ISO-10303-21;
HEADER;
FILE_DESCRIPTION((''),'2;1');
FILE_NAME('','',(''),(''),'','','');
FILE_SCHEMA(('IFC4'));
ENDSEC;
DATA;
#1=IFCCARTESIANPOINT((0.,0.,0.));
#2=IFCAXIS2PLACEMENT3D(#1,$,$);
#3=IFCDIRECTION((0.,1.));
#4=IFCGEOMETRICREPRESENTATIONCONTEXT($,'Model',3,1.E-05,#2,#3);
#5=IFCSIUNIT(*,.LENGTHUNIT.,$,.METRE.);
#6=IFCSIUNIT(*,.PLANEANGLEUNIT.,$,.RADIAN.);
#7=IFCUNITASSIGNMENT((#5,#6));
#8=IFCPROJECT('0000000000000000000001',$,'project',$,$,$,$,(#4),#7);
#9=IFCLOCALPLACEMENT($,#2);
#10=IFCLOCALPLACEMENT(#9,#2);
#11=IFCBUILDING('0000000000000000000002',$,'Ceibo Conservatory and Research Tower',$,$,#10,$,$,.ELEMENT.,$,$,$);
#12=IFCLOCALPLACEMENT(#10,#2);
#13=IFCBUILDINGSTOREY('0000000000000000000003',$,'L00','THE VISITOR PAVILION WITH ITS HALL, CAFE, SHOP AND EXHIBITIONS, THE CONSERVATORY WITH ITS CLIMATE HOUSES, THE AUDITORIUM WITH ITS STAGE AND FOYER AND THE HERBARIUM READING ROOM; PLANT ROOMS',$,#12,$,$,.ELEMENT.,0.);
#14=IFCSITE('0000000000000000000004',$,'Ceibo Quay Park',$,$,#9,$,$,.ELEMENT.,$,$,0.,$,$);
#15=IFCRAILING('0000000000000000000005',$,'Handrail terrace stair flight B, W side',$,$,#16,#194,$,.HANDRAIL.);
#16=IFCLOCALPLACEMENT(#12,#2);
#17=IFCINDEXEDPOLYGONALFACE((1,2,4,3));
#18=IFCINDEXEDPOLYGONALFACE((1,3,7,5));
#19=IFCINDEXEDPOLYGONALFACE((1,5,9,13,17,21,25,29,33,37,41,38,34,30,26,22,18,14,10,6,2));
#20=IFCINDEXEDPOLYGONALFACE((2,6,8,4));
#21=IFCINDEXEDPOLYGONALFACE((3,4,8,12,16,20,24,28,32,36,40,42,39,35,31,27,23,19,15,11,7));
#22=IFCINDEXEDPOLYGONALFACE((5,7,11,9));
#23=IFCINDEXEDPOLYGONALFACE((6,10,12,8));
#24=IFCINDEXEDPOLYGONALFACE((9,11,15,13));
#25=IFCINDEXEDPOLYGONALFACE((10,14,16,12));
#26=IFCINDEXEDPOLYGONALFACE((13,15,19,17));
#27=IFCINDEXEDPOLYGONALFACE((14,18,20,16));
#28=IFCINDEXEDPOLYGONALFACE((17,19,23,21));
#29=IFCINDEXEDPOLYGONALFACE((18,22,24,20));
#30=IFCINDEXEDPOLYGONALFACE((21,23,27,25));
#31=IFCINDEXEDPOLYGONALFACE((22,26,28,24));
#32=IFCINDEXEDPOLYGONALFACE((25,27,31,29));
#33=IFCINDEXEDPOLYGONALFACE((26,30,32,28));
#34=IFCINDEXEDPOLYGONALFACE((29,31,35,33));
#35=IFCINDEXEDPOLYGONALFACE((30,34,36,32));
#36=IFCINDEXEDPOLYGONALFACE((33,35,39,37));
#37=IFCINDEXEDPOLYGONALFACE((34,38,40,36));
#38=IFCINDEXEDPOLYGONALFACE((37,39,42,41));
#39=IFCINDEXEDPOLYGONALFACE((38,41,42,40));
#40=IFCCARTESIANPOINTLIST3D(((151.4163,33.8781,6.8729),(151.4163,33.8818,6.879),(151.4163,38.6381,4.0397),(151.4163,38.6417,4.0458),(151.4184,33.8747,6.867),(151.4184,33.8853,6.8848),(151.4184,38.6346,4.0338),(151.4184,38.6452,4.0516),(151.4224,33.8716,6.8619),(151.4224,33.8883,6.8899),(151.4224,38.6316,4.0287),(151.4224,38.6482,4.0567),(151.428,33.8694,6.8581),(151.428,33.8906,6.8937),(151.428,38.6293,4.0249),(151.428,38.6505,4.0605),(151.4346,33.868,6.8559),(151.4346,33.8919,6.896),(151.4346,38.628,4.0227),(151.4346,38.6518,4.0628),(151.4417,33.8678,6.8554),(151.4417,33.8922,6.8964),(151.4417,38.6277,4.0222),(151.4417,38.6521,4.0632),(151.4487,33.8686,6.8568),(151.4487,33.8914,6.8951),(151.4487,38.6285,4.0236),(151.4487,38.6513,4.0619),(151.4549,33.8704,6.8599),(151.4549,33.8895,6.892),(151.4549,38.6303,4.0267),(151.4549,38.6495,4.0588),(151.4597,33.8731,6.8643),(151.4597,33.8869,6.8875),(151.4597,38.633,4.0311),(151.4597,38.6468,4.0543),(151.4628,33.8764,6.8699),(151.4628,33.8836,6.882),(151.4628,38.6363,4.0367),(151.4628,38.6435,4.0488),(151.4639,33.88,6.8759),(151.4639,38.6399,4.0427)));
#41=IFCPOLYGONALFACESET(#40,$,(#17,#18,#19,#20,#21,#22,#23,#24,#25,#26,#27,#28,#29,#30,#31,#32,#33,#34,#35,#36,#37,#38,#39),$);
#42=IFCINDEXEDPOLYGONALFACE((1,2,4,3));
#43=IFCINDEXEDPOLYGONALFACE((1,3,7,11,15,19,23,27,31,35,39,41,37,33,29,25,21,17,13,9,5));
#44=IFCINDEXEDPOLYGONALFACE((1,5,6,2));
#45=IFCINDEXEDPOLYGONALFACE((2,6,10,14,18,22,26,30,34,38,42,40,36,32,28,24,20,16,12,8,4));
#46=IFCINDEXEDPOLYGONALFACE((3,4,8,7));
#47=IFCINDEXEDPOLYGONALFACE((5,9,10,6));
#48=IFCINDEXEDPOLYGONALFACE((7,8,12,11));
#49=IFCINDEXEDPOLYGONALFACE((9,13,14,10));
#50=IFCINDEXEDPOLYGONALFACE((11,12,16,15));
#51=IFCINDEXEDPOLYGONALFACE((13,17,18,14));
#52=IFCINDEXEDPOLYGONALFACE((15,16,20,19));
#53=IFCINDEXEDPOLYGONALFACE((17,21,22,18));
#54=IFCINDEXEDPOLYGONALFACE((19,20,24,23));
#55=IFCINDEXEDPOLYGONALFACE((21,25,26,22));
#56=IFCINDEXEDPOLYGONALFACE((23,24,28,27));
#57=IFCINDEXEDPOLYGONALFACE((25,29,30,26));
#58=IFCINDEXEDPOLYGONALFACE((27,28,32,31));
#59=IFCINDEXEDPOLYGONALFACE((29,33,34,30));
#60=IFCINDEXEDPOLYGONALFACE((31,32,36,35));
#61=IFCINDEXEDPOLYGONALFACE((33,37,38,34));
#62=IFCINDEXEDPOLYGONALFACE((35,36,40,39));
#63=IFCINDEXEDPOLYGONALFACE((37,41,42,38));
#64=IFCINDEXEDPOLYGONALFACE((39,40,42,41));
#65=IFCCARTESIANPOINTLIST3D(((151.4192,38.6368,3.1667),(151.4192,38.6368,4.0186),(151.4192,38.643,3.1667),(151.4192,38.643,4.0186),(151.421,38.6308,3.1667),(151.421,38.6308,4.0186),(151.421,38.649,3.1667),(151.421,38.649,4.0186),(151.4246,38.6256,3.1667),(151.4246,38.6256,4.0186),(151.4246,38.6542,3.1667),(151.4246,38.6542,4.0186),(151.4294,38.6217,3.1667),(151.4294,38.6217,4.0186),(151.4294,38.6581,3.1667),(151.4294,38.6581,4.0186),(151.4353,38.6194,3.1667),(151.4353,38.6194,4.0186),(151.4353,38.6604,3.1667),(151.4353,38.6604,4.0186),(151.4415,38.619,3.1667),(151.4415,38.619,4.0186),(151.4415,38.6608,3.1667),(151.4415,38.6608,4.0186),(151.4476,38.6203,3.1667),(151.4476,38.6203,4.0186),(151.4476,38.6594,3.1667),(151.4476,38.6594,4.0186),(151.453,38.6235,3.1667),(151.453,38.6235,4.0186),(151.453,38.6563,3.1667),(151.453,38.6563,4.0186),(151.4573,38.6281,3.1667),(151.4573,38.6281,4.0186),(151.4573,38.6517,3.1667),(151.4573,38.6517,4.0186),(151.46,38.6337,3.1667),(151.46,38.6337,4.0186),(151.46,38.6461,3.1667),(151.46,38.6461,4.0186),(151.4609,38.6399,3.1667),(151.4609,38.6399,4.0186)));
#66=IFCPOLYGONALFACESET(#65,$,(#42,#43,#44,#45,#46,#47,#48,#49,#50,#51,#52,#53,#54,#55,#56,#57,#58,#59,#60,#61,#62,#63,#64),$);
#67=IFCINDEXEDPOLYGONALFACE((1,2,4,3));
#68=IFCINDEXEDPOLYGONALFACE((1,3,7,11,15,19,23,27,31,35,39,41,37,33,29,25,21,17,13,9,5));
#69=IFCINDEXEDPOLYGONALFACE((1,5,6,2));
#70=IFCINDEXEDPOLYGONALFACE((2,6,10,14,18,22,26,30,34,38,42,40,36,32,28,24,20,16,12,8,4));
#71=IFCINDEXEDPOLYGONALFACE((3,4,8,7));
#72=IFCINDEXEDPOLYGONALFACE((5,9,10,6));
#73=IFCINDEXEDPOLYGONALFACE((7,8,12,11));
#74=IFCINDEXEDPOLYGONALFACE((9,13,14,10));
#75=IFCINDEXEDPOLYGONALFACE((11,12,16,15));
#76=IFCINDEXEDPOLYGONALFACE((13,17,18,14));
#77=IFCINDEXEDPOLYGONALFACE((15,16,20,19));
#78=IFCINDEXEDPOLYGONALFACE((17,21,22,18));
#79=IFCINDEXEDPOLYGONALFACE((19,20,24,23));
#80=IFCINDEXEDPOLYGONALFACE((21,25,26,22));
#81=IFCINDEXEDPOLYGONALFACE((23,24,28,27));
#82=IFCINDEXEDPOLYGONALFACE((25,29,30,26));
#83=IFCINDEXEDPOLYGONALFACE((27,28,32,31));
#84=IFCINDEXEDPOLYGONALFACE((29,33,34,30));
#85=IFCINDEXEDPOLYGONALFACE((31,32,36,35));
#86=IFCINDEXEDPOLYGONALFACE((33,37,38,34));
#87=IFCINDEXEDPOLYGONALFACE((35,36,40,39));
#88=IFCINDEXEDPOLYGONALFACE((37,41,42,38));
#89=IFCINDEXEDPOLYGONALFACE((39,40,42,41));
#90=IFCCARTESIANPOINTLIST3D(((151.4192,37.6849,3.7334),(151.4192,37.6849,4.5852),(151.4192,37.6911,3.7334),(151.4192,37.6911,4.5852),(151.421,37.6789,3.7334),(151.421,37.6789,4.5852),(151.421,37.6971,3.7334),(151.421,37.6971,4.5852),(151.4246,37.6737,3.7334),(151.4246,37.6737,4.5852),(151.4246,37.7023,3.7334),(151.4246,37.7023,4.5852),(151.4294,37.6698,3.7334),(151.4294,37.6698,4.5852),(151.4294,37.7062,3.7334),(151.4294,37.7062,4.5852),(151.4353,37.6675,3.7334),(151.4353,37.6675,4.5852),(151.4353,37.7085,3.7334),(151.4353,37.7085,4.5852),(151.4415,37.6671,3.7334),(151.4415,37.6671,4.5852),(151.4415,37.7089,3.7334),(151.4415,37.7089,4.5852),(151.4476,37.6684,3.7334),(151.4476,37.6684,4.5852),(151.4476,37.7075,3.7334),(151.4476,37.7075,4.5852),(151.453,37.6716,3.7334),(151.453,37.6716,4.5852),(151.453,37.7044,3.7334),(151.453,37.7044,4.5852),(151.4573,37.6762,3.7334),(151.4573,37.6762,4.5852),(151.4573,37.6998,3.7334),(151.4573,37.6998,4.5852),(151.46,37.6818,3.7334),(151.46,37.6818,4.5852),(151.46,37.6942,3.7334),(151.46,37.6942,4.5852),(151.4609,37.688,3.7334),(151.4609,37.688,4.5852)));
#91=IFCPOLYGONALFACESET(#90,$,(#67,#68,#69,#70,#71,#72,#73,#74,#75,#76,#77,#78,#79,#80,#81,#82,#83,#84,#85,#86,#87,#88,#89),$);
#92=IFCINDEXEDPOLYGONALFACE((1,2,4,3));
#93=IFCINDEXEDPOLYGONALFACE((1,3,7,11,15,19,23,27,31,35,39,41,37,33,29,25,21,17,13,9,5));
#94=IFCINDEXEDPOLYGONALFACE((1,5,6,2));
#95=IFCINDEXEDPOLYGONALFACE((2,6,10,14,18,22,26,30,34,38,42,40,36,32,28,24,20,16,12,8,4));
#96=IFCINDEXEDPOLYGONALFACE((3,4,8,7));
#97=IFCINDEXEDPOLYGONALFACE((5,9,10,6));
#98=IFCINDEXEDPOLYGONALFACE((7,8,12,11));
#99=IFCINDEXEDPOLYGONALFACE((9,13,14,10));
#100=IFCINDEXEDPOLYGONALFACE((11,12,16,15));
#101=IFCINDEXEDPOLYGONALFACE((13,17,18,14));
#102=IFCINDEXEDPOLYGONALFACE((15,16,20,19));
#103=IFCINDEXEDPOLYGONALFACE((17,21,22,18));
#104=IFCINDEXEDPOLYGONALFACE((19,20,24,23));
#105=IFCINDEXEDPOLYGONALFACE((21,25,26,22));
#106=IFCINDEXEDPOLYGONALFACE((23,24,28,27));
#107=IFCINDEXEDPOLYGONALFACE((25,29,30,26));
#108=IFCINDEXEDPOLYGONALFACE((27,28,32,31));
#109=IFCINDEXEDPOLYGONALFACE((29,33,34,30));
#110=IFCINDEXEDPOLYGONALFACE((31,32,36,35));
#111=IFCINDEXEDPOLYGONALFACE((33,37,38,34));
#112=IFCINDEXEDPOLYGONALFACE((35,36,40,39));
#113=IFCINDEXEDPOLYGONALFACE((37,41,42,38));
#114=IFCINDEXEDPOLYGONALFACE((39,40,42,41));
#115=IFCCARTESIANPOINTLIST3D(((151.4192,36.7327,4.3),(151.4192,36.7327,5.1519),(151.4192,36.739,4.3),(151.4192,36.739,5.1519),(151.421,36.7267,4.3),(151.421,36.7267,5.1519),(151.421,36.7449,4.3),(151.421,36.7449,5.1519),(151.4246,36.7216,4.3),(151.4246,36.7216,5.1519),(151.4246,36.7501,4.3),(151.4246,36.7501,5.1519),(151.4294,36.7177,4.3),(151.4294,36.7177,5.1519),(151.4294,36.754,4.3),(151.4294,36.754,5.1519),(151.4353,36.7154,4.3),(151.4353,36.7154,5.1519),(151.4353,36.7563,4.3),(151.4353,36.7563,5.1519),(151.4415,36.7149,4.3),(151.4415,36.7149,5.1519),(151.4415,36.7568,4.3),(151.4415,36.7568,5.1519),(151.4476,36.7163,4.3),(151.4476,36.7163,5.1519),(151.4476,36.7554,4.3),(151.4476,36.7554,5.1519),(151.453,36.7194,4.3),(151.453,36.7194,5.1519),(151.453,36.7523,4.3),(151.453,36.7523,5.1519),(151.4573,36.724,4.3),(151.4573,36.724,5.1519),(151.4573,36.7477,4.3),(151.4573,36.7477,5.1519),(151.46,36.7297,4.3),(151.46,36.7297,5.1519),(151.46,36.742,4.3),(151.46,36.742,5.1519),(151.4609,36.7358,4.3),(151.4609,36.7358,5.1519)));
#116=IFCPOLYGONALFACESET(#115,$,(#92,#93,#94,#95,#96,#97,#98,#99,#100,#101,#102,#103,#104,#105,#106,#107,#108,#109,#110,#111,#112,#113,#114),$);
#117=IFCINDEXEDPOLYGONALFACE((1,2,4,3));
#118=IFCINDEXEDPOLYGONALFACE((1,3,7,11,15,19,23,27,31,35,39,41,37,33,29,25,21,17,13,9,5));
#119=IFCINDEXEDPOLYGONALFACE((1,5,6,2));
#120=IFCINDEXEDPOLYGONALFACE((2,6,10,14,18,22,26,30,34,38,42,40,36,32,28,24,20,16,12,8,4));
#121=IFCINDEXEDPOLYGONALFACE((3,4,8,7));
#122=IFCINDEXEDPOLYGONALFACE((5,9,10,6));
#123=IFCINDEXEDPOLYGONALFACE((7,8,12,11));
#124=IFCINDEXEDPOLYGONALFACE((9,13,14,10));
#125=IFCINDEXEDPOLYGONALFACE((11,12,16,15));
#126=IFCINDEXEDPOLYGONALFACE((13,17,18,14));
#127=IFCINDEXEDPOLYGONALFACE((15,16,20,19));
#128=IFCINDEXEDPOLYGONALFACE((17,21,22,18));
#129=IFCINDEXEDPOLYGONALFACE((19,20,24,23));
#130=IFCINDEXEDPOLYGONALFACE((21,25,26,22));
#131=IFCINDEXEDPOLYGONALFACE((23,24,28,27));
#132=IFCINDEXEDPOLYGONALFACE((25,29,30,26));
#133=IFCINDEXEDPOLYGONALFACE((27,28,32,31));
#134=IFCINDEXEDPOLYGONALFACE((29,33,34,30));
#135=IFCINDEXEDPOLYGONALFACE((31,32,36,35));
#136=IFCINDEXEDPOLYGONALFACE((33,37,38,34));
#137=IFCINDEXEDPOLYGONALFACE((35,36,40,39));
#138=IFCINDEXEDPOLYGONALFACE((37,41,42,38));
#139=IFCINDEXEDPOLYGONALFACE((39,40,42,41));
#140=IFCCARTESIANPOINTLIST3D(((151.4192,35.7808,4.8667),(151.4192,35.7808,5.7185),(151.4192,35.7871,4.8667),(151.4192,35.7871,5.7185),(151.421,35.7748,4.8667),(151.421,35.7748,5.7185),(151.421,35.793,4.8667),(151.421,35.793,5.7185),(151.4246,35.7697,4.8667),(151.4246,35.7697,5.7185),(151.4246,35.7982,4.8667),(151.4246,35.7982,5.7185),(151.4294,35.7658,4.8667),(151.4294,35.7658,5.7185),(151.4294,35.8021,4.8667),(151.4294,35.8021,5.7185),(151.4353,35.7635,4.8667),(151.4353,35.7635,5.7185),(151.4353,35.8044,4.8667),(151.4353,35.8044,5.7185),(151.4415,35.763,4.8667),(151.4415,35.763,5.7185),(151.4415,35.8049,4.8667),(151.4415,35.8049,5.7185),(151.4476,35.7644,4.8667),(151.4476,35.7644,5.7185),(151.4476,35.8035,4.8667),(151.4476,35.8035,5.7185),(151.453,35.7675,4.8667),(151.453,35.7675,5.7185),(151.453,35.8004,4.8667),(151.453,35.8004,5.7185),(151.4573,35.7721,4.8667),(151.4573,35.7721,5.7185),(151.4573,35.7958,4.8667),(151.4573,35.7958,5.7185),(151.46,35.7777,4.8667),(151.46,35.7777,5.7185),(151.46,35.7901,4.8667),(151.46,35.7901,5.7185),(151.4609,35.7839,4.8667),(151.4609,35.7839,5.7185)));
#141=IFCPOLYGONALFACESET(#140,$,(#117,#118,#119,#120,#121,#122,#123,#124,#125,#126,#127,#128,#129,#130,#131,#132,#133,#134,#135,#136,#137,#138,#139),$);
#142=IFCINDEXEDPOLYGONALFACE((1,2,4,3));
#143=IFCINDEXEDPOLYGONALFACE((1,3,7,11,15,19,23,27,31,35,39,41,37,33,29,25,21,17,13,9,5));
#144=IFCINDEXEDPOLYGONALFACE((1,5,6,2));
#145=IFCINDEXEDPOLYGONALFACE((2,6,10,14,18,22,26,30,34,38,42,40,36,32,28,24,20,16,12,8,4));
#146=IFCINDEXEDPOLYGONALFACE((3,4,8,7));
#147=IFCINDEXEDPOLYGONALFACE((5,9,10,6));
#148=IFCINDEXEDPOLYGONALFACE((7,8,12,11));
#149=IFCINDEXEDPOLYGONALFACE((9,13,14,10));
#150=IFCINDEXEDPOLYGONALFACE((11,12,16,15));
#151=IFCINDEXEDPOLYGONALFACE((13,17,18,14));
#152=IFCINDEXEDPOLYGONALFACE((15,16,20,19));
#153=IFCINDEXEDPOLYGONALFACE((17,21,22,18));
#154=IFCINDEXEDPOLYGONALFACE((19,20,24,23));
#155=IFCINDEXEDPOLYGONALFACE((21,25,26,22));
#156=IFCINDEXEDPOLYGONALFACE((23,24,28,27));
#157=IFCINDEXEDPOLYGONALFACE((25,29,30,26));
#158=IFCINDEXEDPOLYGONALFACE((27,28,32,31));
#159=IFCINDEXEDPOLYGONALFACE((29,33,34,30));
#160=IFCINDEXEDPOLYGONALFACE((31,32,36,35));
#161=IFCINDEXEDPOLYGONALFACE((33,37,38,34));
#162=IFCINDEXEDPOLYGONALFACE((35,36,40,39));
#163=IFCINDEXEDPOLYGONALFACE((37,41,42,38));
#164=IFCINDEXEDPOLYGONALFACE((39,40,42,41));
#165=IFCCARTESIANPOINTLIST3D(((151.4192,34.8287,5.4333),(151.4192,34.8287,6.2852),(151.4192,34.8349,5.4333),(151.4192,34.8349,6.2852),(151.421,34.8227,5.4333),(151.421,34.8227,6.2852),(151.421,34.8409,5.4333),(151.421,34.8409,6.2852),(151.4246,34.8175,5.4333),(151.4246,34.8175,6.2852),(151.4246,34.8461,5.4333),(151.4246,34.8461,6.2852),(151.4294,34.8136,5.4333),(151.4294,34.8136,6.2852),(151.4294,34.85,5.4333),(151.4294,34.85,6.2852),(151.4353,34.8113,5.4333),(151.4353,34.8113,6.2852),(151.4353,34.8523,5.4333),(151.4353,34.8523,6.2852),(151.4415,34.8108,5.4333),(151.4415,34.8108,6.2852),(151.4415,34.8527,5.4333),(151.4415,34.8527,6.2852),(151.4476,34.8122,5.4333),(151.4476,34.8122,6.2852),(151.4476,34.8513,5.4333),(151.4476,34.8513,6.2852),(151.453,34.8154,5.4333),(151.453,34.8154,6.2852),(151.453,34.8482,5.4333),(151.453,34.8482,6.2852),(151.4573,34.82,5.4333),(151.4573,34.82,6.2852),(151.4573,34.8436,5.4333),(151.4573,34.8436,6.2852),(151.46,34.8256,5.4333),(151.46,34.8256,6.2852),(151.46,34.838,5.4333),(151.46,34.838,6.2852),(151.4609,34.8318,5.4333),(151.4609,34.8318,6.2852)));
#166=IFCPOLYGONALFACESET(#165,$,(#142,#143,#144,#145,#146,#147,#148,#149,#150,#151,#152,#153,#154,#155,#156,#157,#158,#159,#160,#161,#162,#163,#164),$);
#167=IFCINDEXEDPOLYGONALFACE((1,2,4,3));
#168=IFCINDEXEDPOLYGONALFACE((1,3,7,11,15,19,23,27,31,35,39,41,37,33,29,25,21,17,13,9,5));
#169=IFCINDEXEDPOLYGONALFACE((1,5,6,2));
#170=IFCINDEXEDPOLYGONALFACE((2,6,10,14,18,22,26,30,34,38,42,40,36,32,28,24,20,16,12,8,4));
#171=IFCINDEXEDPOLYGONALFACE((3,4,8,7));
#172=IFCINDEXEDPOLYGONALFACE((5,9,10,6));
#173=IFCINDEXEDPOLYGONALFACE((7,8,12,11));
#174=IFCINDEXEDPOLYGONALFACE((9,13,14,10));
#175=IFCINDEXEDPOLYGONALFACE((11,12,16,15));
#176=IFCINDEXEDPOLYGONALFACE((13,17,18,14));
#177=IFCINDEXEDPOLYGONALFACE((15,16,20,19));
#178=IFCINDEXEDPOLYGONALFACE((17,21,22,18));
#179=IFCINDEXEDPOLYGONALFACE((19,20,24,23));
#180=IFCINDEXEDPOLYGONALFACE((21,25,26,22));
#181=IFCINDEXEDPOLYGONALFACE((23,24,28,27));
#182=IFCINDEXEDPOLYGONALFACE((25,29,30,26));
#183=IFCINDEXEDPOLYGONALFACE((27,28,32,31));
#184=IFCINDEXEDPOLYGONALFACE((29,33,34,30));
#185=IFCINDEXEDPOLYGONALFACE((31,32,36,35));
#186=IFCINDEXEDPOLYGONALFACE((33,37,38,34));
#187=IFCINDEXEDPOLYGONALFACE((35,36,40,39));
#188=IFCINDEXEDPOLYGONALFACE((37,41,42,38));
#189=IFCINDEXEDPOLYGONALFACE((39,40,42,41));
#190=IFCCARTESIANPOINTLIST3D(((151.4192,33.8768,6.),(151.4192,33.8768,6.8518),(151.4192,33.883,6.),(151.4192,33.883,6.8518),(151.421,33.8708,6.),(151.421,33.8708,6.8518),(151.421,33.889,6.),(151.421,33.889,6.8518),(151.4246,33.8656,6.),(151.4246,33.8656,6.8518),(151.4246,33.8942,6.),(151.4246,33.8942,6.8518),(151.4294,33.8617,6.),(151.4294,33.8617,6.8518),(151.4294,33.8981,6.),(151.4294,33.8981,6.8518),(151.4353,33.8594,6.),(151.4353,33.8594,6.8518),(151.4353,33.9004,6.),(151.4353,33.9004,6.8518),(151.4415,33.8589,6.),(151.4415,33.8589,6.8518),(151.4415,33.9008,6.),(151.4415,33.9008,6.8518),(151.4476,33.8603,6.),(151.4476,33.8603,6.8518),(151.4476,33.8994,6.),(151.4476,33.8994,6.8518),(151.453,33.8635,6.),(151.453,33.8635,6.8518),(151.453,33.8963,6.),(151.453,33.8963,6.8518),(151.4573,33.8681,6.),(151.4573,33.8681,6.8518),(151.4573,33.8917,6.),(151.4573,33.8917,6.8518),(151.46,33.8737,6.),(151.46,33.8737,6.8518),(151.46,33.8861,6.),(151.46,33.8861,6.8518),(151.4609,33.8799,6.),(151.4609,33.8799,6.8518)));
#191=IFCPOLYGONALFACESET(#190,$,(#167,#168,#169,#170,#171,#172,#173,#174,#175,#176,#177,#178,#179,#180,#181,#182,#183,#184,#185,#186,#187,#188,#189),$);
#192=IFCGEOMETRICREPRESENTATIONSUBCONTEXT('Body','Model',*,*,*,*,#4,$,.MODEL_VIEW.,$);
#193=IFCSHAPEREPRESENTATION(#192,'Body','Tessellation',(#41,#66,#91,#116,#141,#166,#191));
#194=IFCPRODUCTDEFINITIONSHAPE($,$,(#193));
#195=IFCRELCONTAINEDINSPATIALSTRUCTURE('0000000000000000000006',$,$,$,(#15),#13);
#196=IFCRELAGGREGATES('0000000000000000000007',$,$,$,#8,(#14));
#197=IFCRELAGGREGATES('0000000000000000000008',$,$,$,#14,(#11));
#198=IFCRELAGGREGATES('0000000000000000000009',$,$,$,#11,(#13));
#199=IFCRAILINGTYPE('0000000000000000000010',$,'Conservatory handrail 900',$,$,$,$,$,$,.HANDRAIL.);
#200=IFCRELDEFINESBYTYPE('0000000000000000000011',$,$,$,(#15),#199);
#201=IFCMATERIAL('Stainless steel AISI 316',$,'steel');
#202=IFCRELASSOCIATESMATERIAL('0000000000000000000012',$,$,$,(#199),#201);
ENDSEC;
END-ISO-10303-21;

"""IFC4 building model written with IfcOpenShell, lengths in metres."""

from ifc_helpers import new_model, si_unit, direction, frame, origin, origin_2d, place, context, subcontext, project, spatial, circle, extrude, material, type_object, element, save


model = new_model("IFC4")

# Units and contexts
model_context = context("Model", 3, precision=1e-05, world=origin(), true_north=direction((0.0, 1.0)))
body_context = subcontext(model_context, "Body", "Model", "MODEL_VIEW")
ifc_project = project(units=[si_unit("LENGTHUNIT", "METRE"), si_unit("PLANEANGLEUNIT", "RADIAN")], contexts=[model_context])

# Site, building, storey
site_placement = place(None, origin())
site = spatial("IfcSite", under=ifc_project, at=site_placement, Name="Ceibo Quay Park", CompositionType="ELEMENT", RefElevation=0.0)
building_placement = place(site_placement, origin())
building = spatial("IfcBuilding", under=site, at=building_placement, Name="Ceibo Conservatory and Research Tower", CompositionType="ELEMENT")
storey_placement = place(building_placement, origin())
storey = spatial("IfcBuildingStorey", under=building, at=storey_placement, Name="L00", Description="THE VISITOR PAVILION WITH ITS HALL, CAFE, SHOP AND EXHIBITIONS, THE CONSERVATORY WITH ITS CLIMATE HOUSES, THE AUDITORIUM WITH ITS STAGE AND FOYER AND THE HERBARIUM READING ROOM; PLANT ROOMS", CompositionType="ELEMENT", Elevation=0.0)

# Railing
ifc_material_1 = material(Name="Stainless steel AISI 316", Category="steel")
railing_type = type_object("IfcRailingType", Name="Conservatory handrail 900", PredefinedType="HANDRAIL", material=ifc_material_1)
for number, where, name in (
    (1, (151.4399, 38.6399, 3.1667), "Handrail terrace stair flight B, W side"),
):
    element("IfcRailing", number, at=place(storey_placement, frame(where)), inside=storey, type_object=railing_type, Name=name, PredefinedType="HANDRAIL", context=body_context, shape_type="SweptSolid", body=[
        extrude(circle(Radius=0.0239, at=origin_2d()), frame((0.0, 0.0, 0.876), z_axis=(0.0, -0.8593, 0.511472), x_axis=(1.0, 0.0, 0.0)), (0.0, 0.0, 1.0), 5.5393),
        extrude(circle(Radius=0.021, at=origin_2d()), origin(), (0.0, 0.0, 1.0), 0.8518),
        extrude(circle(Radius=0.021, at=origin_2d()), frame((0.0, -0.9519, 0.5667)), (0.0, 0.0, 1.0), 0.8518),
        extrude(circle(Radius=0.021, at=origin_2d()), frame((0.0, -1.9041, 1.1333)), (0.0, 0.0, 1.0), 0.8518),
        extrude(circle(Radius=0.021, at=origin_2d()), frame((0.0, -2.856, 1.7)), (0.0, 0.0, 1.0), 0.8518),
        extrude(circle(Radius=0.021, at=origin_2d()), frame((0.0, -3.8081, 2.2666)), (0.0, 0.0, 1.0), 0.8518),
        extrude(circle(Radius=0.021, at=origin_2d()), frame((0.0, -4.76, 2.8333)), (0.0, 0.0, 1.0), 0.8518),
    ])

save(model, "model.ifc")
